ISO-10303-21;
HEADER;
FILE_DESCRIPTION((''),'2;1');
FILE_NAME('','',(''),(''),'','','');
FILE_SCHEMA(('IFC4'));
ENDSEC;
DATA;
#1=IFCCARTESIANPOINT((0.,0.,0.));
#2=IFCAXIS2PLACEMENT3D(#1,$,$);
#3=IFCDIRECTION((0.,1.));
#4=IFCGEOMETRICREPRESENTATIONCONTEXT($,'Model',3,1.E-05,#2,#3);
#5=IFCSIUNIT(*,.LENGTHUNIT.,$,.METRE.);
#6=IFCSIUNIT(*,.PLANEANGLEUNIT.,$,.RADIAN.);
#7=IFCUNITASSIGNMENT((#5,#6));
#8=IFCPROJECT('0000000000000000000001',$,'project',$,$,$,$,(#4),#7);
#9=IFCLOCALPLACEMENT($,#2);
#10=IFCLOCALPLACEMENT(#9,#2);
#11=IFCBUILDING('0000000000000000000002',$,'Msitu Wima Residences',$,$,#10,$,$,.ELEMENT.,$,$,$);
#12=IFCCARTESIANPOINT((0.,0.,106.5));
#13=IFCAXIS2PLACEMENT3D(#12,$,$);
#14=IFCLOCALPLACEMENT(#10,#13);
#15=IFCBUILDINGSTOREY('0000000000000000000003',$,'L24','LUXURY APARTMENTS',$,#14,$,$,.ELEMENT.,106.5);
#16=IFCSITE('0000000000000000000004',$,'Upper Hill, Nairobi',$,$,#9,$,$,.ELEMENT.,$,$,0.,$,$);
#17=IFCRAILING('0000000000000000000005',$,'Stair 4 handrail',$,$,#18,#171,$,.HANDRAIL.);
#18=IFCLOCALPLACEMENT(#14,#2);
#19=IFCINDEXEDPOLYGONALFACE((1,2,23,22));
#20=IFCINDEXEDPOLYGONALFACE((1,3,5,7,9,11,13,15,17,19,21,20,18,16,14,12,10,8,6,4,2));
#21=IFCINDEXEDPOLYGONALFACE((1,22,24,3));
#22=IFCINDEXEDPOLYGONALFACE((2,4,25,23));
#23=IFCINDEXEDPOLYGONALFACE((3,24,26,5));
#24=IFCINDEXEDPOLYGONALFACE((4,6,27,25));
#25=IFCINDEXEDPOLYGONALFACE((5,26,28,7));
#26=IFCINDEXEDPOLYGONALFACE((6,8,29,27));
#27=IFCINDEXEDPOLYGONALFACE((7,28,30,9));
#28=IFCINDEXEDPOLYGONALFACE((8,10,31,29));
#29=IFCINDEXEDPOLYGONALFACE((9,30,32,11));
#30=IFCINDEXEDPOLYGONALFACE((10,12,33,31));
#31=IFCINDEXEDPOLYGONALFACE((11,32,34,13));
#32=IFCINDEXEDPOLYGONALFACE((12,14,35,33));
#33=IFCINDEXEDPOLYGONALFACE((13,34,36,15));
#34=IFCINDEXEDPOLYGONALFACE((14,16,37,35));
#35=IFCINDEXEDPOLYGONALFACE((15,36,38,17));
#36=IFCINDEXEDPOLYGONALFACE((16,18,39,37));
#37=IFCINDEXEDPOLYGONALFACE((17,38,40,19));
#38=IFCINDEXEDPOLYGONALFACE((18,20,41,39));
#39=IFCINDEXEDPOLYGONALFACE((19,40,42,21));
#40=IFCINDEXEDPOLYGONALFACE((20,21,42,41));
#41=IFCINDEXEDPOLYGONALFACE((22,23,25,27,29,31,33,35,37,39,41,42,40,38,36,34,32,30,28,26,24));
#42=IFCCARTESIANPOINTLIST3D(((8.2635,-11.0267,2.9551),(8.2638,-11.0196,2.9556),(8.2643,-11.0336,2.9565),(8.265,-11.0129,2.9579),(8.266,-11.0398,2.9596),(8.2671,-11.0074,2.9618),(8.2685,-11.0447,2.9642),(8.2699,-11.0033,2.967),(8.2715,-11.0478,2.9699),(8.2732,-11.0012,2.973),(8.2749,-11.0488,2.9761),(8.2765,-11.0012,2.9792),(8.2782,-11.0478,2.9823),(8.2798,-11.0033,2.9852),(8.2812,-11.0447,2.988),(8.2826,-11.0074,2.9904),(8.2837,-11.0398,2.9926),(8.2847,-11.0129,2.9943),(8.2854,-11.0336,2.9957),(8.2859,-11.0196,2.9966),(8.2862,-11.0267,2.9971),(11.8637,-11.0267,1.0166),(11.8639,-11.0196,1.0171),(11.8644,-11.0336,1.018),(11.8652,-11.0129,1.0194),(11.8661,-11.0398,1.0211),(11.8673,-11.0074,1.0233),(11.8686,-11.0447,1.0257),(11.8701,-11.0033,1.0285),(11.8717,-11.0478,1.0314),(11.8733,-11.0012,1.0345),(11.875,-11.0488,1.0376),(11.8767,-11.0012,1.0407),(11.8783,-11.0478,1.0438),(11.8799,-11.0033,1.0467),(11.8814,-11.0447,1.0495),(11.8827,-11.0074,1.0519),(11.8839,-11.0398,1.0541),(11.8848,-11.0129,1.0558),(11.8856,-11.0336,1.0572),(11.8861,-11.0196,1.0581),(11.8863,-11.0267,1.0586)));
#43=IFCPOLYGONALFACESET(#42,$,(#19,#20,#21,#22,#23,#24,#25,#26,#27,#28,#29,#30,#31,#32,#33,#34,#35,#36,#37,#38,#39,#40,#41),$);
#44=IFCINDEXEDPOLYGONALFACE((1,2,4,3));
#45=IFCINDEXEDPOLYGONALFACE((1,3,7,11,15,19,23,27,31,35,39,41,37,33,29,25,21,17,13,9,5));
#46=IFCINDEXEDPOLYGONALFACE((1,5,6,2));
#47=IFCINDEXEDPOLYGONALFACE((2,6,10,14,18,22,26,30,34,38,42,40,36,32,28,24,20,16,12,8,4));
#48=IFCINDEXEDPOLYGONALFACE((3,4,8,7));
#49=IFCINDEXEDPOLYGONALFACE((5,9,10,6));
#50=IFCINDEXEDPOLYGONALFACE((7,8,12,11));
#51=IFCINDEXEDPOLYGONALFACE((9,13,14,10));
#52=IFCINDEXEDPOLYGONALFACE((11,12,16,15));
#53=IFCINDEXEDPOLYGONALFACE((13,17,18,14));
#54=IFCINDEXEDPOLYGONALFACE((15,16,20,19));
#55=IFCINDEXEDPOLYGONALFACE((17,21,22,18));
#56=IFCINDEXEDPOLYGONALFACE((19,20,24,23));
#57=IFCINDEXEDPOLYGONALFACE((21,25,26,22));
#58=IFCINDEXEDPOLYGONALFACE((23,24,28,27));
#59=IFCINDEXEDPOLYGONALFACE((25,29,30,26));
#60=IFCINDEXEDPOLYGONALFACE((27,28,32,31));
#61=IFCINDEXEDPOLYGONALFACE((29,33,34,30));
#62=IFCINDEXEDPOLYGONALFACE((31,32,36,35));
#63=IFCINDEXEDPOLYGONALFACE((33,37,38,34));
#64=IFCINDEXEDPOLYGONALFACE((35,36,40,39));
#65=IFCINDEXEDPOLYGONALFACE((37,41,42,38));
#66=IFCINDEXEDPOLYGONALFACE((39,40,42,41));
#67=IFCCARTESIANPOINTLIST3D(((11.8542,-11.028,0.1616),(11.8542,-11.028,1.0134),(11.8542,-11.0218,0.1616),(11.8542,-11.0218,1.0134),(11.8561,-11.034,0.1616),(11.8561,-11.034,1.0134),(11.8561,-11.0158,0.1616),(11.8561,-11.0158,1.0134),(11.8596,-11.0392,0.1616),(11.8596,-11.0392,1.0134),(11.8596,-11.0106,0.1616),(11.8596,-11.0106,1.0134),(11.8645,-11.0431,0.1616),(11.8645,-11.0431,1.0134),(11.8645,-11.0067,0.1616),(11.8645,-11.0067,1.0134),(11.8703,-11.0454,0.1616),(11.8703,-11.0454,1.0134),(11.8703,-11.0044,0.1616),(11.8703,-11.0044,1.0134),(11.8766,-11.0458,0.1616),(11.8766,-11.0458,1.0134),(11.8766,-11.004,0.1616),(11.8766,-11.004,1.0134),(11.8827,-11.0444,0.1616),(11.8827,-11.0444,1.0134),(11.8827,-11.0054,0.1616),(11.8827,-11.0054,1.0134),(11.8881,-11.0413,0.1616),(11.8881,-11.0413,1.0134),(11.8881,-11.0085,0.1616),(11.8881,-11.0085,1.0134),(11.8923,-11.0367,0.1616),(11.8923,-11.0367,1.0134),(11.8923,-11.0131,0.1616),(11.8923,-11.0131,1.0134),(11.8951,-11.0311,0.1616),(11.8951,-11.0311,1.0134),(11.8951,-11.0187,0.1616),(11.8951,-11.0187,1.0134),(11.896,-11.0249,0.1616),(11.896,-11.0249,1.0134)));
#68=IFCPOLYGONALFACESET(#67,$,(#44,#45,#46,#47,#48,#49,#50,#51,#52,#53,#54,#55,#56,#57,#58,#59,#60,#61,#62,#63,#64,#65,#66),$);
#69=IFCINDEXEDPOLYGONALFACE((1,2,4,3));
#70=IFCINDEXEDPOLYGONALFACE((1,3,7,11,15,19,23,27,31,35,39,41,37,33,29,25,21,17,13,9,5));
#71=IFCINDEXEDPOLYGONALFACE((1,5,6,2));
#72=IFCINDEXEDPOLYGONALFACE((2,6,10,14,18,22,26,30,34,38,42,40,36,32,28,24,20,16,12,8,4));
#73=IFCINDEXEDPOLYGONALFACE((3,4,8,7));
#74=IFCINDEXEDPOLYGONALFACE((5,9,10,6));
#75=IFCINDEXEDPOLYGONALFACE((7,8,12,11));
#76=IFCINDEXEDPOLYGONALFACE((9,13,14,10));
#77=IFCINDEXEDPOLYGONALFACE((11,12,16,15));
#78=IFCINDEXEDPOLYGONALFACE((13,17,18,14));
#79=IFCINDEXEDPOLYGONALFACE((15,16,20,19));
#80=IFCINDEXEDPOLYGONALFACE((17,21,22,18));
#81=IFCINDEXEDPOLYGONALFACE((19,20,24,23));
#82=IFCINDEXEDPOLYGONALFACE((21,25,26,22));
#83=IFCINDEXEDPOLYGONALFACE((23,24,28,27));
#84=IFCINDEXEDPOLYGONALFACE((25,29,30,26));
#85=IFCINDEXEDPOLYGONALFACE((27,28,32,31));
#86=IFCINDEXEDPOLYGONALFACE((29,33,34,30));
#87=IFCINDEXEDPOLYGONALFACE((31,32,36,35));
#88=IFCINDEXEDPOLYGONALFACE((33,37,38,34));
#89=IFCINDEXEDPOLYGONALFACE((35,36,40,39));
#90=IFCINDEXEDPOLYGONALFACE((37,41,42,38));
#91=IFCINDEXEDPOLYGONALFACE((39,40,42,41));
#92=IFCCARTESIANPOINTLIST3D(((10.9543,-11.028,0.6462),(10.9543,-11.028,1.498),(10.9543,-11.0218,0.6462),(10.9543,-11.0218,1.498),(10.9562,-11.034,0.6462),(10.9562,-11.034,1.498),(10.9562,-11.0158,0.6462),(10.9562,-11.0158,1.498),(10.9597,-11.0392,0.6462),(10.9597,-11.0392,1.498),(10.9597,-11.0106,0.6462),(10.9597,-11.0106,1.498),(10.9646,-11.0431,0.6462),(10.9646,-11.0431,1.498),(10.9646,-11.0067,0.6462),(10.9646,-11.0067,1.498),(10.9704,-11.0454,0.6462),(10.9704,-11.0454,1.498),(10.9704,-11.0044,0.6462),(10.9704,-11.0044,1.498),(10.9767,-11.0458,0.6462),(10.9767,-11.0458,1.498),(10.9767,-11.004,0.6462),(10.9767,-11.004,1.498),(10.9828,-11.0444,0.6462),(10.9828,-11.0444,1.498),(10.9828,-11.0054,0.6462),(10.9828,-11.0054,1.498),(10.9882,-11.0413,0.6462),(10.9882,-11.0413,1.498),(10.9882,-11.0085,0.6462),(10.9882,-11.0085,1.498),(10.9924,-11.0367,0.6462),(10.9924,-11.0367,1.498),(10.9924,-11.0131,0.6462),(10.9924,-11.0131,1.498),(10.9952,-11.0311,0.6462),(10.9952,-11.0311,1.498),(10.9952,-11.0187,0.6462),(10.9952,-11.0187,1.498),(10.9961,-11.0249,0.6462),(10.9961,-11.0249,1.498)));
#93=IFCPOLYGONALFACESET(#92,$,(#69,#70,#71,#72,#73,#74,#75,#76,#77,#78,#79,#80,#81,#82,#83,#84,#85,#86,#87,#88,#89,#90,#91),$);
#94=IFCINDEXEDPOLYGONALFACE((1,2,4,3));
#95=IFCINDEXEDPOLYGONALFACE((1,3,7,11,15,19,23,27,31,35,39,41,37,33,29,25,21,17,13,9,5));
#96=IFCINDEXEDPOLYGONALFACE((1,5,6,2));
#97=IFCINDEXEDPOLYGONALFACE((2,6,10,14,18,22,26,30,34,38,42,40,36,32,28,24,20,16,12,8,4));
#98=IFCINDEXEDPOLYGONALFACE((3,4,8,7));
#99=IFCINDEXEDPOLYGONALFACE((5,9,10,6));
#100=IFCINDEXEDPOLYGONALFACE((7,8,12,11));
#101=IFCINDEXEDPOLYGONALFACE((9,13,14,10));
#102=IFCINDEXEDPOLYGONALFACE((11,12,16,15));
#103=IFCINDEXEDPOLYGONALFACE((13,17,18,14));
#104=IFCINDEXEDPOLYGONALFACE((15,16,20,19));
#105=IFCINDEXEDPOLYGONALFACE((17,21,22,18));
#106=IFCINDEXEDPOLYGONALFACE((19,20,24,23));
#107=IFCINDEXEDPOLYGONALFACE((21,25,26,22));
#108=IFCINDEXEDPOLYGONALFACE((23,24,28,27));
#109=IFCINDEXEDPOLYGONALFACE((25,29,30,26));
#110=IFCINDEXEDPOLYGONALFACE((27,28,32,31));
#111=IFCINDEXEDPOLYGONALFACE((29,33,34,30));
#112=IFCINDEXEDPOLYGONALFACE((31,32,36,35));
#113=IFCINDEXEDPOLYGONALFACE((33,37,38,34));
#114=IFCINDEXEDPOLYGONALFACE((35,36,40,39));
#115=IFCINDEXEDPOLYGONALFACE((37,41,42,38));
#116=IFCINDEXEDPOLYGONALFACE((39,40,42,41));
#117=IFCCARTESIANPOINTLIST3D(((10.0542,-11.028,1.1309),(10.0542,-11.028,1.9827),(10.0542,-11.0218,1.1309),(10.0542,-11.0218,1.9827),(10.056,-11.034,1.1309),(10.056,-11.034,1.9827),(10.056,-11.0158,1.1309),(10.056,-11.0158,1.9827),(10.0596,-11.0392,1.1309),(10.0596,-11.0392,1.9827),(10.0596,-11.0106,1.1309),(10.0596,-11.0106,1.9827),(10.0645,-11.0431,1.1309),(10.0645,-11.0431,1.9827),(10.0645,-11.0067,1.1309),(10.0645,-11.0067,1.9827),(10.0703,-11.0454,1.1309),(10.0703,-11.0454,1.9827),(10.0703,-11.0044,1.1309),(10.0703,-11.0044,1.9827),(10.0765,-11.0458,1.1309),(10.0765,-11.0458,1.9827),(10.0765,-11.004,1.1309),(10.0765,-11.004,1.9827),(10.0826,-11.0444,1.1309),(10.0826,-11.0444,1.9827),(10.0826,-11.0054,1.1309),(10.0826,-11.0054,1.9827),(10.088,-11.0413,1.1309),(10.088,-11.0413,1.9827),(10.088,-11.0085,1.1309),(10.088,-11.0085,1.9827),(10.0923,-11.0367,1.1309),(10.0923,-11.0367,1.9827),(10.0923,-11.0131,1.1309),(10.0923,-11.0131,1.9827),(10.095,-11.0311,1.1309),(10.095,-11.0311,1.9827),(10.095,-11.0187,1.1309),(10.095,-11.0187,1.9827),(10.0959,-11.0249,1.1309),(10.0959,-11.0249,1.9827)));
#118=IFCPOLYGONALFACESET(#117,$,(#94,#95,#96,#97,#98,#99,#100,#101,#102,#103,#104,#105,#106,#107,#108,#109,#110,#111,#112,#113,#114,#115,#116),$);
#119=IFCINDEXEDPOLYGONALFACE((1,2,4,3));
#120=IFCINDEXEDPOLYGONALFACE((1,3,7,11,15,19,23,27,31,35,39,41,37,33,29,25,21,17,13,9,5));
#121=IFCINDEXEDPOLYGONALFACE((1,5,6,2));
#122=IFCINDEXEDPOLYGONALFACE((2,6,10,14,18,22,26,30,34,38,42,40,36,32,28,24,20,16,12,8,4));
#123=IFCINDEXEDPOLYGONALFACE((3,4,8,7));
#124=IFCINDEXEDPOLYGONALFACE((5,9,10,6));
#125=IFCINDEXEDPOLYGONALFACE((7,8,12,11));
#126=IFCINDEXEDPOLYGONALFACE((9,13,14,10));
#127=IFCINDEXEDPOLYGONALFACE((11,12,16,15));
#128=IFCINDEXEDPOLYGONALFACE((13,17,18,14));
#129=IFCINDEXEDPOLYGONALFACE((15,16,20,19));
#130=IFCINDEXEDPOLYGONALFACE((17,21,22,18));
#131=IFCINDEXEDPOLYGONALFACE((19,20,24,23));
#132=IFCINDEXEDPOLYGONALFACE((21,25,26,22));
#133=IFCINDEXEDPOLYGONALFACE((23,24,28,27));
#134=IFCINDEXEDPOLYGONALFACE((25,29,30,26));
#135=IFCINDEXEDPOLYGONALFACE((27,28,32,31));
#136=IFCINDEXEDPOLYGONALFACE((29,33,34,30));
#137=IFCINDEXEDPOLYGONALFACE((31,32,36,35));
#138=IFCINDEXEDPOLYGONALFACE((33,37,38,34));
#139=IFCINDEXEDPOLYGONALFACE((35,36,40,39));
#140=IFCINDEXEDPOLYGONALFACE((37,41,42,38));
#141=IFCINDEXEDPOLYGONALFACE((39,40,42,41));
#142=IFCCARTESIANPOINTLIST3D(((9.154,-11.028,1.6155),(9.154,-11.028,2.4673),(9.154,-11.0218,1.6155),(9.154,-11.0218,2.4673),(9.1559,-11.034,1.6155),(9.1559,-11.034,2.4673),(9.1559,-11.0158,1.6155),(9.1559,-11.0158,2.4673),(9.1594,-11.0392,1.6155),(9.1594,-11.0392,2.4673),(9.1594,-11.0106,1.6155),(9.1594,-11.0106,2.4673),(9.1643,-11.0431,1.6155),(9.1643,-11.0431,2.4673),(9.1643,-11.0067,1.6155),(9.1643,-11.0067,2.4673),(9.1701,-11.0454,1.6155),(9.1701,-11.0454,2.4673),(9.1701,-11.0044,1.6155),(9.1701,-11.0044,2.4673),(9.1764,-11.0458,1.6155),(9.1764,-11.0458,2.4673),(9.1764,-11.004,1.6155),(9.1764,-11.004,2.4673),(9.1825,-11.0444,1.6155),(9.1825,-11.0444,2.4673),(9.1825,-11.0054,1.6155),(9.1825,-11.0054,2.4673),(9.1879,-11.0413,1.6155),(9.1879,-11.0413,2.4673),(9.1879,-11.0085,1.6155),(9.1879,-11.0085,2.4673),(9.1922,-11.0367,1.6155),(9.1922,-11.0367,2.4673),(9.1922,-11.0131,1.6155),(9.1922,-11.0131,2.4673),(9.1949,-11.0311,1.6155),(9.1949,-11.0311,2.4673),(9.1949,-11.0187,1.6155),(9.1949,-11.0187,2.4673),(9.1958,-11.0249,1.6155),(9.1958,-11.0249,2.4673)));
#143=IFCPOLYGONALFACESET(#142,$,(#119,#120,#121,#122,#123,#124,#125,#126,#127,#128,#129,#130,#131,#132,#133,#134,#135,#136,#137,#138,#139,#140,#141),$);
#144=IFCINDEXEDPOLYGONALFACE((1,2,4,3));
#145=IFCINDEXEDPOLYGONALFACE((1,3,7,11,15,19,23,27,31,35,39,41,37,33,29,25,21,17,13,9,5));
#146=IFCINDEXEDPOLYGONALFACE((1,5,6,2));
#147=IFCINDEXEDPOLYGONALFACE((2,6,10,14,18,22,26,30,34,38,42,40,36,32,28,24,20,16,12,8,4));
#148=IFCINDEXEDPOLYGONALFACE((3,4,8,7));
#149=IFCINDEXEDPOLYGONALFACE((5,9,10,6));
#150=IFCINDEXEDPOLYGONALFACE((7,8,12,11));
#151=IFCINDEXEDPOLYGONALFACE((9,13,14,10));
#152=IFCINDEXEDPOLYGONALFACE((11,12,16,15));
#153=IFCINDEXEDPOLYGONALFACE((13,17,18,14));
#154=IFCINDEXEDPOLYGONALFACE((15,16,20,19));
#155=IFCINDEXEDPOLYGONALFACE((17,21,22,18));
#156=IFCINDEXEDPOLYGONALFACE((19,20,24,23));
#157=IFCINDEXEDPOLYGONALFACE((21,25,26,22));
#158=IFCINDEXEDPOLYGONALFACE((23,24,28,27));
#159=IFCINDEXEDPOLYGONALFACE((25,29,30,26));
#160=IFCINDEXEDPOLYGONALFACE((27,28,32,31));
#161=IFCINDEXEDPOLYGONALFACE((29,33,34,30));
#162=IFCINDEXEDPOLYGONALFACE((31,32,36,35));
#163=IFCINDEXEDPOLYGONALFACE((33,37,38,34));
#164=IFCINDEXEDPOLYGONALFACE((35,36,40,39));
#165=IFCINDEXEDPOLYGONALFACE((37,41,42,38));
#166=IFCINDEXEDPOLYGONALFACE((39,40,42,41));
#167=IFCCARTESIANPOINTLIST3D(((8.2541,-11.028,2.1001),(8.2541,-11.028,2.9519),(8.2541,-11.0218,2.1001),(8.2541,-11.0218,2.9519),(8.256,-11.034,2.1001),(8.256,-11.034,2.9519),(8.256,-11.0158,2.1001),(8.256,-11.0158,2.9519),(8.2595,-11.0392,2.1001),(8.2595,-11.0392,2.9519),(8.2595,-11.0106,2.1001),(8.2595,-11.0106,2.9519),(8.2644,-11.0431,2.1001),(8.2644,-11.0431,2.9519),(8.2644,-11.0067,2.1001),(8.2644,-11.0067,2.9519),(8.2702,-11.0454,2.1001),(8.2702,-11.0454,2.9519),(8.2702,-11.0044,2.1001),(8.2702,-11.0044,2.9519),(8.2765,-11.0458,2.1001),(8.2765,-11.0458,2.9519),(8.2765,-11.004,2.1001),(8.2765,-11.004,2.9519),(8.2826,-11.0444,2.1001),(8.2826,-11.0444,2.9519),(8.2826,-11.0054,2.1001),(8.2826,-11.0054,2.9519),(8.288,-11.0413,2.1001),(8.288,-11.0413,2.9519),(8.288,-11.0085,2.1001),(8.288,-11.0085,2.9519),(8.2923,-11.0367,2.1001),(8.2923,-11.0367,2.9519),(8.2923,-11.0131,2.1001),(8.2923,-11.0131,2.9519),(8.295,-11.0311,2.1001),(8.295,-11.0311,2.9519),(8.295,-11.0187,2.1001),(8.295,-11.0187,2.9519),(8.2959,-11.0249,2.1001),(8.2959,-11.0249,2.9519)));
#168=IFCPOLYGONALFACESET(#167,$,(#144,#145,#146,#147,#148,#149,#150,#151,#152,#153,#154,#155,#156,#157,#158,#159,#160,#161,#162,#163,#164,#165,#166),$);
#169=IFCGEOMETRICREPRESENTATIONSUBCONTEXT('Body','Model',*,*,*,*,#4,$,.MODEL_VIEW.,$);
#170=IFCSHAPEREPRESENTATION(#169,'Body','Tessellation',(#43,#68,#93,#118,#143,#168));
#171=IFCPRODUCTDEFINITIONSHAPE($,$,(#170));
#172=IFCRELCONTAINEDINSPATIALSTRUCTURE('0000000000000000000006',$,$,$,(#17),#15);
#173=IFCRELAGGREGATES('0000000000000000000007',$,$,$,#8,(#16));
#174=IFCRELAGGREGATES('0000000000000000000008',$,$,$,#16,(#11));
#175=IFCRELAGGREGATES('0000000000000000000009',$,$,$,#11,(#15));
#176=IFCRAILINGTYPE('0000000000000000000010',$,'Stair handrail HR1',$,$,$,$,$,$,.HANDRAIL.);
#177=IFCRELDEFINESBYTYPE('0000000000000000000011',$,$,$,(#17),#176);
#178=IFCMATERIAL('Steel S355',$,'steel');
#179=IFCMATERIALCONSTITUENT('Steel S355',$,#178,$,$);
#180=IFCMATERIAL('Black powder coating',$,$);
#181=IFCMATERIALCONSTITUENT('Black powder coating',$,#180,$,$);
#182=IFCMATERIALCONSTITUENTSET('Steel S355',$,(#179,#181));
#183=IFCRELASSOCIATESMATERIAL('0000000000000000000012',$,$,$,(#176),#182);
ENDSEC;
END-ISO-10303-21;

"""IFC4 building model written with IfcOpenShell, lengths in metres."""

from ifc_helpers import new_model, si_unit, direction, frame, origin, origin_2d, place, context, subcontext, project, spatial, circle, extrude, material, constituent, constituent_set, type_object, element, save


model = new_model("IFC4")

# Units and contexts
model_context = context("Model", 3, precision=1e-05, world=origin(), true_north=direction((0.0, 1.0)))
body_context = subcontext(model_context, "Body", "Model", "MODEL_VIEW")
ifc_project = project(units=[si_unit("LENGTHUNIT", "METRE"), si_unit("PLANEANGLEUNIT", "RADIAN")], contexts=[model_context])

# Site, building, storey
site_placement = place(None, origin())
site = spatial("IfcSite", under=ifc_project, at=site_placement, Name="Upper Hill, Nairobi", CompositionType="ELEMENT", RefElevation=0.0)
building_placement = place(site_placement, origin())
building = spatial("IfcBuilding", under=site, at=building_placement, Name="Msitu Wima Residences", CompositionType="ELEMENT")
storey_placement = place(building_placement, frame((0.0, 0.0, 106.5)))
storey = spatial("IfcBuildingStorey", under=building, at=storey_placement, Name="L24", Description="LUXURY APARTMENTS", CompositionType="ELEMENT", Elevation=106.5)

# Railing
ifc_material_1 = material(Name="Steel S355", Category="steel")
ifc_constituent_1 = constituent(ifc_material_1, Name="Steel S355")
ifc_material_2 = material(Name="Black powder coating")
ifc_constituent_2 = constituent(ifc_material_2, Name="Black powder coating")
ifc_constituent_set = constituent_set(constituents=[ifc_constituent_1, ifc_constituent_2], Name="Steel S355")
railing_type = type_object("IfcRailingType", Name="Stair handrail HR1", PredefinedType="HANDRAIL", material=ifc_constituent_set)
for number, where, name in (
    (1, (11.875, -11.0249, 0.1616), "Stair 4 handrail"),
):
    element("IfcRailing", number, at=place(storey_placement, frame(where)), inside=storey, type_object=railing_type, Name=name, PredefinedType="HANDRAIL", context=body_context, shape_type="SweptSolid", body=[
        extrude(circle(Radius=0.0239, at=origin_2d()), frame((0.0, 0.0, 0.876), z_axis=(-0.880475, 0.0, 0.474093), x_axis=(0.0, -1.0, 0.0)), (0.0, 0.0, 1.0), 4.0889),
        extrude(circle(Radius=0.021, at=origin_2d()), origin(), (0.0, 0.0, 1.0), 0.8518),
        extrude(circle(Radius=0.021, at=origin_2d()), frame((-0.8999, 0.0, 0.4846)), (0.0, 0.0, 1.0), 0.8518),
        extrude(circle(Radius=0.021, at=origin_2d()), frame((-1.8, 0.0, 0.9692)), (0.0, 0.0, 1.0), 0.8518),
        extrude(circle(Radius=0.021, at=origin_2d()), frame((-2.7002, 0.0, 1.4539)), (0.0, 0.0, 1.0), 0.8518),
        extrude(circle(Radius=0.021, at=origin_2d()), frame((-3.6001, 0.0, 1.9385)), (0.0, 0.0, 1.0), 0.8518),
    ])

save(model, "model.ifc")
